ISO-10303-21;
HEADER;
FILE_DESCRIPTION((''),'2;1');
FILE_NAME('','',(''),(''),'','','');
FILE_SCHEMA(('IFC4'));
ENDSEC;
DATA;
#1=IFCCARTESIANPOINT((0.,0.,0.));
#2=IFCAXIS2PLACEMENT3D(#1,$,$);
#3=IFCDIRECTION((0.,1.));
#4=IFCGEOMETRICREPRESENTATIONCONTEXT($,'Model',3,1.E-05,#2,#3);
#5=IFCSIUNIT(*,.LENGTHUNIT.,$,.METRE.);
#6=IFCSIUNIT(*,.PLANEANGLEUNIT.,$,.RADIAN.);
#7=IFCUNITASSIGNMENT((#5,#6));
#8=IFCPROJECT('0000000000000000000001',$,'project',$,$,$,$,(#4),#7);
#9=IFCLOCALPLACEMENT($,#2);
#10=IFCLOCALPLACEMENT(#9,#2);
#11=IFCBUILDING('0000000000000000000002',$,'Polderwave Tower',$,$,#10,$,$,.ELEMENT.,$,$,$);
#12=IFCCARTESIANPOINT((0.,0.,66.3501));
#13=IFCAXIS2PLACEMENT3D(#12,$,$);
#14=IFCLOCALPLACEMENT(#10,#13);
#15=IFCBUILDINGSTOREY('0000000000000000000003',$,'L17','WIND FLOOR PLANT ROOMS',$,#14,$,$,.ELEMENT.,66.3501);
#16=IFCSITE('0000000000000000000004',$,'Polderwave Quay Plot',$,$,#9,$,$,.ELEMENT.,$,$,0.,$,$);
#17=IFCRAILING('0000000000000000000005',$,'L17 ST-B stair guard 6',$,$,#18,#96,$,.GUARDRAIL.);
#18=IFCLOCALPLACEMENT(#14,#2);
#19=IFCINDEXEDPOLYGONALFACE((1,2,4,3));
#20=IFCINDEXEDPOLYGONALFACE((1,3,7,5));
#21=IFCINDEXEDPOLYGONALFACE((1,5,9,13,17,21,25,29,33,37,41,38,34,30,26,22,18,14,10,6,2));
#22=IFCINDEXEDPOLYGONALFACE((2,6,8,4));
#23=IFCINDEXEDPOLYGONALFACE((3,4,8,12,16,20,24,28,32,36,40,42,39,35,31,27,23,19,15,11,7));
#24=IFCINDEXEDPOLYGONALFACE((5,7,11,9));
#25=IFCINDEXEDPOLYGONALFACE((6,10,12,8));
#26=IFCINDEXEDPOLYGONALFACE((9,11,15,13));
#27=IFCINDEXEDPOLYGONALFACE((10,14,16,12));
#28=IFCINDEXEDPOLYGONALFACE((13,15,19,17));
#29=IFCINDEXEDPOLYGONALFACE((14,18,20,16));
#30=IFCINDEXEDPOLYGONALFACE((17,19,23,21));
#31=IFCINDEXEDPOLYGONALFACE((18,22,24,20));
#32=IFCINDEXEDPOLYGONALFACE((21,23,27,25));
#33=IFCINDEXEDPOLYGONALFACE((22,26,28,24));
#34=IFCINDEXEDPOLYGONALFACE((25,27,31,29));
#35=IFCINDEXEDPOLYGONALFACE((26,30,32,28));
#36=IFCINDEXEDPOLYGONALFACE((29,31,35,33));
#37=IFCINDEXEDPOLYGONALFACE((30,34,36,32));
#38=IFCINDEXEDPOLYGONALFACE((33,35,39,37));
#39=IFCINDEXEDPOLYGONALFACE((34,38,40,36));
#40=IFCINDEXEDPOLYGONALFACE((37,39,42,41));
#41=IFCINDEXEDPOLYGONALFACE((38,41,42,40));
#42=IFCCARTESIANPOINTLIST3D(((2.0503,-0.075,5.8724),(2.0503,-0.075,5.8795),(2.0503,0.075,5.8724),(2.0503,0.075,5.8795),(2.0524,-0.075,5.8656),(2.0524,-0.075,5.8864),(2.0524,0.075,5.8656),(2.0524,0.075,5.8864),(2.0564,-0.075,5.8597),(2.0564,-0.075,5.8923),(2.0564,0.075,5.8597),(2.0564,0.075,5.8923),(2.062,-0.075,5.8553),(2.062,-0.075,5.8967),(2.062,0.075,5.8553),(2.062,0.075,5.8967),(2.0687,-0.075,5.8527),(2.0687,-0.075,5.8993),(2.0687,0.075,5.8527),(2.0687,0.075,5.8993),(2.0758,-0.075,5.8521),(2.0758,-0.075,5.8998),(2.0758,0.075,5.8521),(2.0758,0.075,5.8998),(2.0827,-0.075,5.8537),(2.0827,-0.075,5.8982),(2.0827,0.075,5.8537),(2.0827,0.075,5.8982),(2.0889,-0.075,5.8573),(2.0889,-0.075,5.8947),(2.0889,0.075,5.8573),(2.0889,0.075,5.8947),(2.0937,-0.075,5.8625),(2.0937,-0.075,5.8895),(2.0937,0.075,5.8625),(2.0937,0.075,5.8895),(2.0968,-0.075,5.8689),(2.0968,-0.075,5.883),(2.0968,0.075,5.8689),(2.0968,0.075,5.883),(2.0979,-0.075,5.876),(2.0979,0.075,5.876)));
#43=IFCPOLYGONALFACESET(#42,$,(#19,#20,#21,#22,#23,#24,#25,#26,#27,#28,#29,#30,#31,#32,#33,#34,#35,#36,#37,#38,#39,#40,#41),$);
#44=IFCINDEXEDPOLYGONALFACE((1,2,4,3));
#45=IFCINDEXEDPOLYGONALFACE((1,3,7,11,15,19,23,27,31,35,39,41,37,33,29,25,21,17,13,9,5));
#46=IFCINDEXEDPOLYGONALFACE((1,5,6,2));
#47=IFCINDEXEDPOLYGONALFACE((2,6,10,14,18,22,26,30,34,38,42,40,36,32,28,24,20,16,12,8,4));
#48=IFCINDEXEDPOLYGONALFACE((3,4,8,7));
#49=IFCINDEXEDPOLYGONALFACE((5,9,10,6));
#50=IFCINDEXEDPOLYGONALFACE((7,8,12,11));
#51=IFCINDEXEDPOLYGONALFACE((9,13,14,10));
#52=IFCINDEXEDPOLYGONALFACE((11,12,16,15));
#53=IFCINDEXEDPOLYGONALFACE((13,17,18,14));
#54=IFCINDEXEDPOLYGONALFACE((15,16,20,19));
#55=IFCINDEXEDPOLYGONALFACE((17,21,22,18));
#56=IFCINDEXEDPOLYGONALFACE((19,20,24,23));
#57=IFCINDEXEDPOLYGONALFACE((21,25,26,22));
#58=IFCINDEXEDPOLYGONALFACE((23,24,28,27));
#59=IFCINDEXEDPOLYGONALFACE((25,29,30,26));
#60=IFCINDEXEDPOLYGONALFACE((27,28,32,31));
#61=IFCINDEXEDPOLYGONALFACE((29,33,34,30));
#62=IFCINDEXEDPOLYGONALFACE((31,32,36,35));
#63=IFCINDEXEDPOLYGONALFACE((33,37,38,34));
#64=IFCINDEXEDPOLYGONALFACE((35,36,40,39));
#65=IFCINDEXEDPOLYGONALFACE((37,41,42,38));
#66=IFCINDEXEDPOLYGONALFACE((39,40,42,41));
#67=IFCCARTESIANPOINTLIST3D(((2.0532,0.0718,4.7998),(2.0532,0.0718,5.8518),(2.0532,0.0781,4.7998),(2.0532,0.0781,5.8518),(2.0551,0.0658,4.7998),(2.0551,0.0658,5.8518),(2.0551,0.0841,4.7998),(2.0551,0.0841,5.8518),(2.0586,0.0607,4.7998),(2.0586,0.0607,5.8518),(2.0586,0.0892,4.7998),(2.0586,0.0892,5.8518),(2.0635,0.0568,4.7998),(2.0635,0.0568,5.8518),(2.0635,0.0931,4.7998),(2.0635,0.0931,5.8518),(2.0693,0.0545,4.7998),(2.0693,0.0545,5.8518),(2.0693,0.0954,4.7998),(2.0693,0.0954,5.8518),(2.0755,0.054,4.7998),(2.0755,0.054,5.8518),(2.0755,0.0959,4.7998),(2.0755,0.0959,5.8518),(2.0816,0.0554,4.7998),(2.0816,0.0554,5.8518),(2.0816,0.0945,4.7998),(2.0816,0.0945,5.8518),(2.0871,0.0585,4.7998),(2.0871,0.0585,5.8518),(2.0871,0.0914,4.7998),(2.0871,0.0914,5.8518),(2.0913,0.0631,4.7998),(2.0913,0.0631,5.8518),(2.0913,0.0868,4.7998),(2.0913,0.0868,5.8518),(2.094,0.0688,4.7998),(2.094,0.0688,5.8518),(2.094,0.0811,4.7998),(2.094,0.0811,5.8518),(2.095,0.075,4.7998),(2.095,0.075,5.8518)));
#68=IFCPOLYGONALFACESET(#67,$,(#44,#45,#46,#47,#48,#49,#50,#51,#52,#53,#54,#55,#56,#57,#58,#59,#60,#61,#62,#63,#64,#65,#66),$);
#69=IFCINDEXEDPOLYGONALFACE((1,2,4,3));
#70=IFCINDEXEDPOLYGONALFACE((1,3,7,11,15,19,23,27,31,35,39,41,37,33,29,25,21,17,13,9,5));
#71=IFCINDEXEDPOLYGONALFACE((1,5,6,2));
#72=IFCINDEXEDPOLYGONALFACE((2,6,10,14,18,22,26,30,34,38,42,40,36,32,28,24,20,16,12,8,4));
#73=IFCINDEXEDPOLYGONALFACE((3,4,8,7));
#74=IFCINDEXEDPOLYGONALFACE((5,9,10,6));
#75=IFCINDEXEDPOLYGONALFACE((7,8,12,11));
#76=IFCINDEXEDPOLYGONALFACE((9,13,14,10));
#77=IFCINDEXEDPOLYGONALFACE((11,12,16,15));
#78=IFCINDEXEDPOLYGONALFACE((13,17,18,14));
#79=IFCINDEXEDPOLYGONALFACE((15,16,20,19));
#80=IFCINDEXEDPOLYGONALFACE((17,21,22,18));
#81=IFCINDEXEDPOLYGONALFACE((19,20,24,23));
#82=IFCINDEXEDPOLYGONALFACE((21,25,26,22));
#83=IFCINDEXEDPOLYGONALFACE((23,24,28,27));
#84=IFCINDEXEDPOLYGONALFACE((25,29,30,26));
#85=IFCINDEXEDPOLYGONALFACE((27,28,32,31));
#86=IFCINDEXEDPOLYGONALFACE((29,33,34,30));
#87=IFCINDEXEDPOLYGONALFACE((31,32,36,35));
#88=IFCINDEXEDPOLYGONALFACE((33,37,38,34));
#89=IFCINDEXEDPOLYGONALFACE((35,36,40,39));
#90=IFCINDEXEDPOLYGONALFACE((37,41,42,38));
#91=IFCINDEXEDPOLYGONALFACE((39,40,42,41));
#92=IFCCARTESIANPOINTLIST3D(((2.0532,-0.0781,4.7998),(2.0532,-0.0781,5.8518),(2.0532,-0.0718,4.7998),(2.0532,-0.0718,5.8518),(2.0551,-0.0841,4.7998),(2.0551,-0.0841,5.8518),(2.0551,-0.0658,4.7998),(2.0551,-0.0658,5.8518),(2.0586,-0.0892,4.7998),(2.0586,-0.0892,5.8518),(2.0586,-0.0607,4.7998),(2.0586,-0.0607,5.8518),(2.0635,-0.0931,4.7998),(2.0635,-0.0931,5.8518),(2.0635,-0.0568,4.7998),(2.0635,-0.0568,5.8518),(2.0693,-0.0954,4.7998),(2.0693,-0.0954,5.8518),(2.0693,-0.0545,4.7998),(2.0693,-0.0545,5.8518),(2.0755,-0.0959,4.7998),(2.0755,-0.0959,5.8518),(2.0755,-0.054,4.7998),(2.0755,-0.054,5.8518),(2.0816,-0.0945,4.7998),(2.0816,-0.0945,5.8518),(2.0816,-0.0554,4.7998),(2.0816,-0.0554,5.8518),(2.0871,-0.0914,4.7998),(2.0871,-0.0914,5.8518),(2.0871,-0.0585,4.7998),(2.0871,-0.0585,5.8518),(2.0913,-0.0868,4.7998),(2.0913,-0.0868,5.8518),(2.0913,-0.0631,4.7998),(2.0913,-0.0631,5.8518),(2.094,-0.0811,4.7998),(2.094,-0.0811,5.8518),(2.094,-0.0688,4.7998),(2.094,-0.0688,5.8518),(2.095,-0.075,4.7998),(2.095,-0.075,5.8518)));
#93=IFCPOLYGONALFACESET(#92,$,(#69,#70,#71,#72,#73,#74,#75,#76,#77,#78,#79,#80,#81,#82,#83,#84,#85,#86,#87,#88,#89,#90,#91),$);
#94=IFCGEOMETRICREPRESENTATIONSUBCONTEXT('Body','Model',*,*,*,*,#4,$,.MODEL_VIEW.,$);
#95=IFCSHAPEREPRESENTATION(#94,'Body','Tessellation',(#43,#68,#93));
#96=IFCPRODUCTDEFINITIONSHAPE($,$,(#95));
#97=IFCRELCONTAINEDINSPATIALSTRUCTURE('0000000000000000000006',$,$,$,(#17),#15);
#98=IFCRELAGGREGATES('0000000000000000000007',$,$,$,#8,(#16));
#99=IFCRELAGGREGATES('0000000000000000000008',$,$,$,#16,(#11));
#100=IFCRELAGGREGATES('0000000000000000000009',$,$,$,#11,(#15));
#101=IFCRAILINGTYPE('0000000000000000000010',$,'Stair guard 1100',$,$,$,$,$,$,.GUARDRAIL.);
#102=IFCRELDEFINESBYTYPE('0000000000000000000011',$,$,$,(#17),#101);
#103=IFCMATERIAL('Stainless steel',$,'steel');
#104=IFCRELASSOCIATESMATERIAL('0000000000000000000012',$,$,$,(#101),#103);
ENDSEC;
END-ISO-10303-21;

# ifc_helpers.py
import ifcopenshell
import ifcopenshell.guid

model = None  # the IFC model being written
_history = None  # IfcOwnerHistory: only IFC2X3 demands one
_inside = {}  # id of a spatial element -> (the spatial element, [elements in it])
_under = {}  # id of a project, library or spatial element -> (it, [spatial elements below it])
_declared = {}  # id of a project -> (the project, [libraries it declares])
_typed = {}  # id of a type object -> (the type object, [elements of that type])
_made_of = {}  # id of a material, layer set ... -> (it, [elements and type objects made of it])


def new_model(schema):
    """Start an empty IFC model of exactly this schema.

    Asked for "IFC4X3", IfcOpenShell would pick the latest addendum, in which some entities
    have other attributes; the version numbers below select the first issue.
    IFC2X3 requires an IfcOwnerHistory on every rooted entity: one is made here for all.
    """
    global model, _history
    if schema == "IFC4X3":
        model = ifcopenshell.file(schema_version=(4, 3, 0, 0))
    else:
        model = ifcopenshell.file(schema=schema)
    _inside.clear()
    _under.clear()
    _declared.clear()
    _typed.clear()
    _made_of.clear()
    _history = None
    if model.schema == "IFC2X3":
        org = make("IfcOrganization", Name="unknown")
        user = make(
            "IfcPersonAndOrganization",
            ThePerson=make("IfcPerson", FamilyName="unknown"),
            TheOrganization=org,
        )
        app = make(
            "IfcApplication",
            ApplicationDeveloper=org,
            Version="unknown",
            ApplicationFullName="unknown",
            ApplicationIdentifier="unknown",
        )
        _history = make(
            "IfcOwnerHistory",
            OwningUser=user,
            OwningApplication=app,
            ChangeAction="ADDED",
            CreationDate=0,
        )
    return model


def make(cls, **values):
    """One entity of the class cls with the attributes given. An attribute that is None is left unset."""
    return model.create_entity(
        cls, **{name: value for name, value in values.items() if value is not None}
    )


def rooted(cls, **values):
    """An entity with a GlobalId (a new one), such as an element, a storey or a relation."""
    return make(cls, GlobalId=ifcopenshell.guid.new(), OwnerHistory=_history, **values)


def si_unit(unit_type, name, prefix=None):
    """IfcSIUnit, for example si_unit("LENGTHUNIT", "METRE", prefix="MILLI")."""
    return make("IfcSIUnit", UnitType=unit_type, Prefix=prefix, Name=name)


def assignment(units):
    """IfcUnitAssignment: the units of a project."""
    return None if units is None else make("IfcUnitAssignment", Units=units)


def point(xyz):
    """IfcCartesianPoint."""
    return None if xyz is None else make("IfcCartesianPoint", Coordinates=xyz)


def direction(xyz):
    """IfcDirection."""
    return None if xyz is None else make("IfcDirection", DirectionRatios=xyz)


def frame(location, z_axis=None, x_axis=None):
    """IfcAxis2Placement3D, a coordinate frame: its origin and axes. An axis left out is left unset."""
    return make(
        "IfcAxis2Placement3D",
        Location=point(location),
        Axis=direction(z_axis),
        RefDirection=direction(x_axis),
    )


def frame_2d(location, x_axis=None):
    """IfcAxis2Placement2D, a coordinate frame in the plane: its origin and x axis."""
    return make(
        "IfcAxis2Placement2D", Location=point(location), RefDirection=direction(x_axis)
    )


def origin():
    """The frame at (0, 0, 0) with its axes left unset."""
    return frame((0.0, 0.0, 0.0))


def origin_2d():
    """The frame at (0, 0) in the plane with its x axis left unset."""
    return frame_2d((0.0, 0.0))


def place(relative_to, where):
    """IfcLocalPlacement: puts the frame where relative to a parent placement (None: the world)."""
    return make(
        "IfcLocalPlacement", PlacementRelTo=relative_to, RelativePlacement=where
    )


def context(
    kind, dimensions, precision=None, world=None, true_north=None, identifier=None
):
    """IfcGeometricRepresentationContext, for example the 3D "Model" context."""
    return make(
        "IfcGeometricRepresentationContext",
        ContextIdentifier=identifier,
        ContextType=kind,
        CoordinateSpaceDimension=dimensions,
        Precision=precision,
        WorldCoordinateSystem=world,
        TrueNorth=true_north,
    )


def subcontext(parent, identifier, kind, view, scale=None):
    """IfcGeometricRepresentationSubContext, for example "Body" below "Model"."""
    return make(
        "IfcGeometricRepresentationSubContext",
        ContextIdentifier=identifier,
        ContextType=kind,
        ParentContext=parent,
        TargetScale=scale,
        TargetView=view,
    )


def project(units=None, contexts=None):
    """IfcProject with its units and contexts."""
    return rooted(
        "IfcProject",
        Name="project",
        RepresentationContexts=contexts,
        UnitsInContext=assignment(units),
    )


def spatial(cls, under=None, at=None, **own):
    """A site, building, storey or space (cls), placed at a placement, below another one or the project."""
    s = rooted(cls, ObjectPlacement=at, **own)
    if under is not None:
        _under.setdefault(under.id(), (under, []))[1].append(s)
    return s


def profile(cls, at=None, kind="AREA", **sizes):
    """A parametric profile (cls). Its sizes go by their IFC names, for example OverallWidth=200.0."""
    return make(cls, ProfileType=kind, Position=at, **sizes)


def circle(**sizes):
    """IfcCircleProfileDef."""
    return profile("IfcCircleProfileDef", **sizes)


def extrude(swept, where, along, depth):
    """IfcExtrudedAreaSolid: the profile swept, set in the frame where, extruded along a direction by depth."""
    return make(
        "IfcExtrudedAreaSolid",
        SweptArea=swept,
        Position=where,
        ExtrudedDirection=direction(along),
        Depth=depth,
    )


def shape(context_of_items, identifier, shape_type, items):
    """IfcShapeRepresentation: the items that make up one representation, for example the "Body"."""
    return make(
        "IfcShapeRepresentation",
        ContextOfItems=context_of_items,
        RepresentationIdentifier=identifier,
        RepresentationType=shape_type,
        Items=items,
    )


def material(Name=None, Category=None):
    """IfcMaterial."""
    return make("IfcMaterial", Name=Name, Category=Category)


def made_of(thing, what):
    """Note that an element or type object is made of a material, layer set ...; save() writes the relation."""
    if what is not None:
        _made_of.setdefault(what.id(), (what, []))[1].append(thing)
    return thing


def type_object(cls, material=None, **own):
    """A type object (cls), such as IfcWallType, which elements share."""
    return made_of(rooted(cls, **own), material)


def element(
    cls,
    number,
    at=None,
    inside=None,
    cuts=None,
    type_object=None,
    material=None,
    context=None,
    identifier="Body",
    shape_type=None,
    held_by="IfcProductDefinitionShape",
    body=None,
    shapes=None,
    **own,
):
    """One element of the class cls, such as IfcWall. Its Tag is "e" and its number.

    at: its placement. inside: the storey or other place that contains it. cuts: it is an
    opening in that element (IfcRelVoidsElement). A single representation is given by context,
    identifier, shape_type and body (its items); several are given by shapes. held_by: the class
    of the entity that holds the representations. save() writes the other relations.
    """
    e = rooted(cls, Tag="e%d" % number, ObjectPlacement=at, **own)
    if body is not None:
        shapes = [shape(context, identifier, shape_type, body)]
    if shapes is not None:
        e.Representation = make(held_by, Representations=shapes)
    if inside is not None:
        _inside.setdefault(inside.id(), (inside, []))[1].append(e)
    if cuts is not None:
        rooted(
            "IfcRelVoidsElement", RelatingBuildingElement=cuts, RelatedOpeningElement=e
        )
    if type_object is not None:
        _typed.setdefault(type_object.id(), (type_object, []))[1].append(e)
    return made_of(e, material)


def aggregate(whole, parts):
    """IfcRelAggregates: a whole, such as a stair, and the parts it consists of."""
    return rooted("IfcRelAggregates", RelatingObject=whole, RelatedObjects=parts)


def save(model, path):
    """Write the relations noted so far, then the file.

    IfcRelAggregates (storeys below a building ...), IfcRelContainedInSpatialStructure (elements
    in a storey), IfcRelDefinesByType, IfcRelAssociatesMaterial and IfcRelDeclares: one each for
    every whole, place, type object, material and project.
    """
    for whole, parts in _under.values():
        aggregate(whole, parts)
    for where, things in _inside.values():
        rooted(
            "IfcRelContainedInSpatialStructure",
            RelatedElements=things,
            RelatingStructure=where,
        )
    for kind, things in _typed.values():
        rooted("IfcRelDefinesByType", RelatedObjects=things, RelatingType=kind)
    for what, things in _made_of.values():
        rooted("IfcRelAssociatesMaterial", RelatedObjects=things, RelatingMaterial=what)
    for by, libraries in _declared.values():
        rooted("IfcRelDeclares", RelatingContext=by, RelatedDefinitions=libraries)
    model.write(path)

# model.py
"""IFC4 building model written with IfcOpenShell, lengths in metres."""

from ifc_helpers import new_model, si_unit, direction, frame, origin, origin_2d, place, context, subcontext, project, spatial, circle, extrude, material, type_object, element, save


model = new_model("IFC4")

# Units and contexts
model_context = context("Model", 3, precision=1e-05, world=origin(), true_north=direction((0.0, 1.0)))
body_context = subcontext(model_context, "Body", "Model", "MODEL_VIEW")
ifc_project = project(units=[si_unit("LENGTHUNIT", "METRE"), si_unit("PLANEANGLEUNIT", "RADIAN")], contexts=[model_context])

# Site, building, storey
site_placement = place(None, origin())
site = spatial("IfcSite", under=ifc_project, at=site_placement, Name="Polderwave Quay Plot", CompositionType="ELEMENT", RefElevation=0.0)
building_placement = place(site_placement, origin())
building = spatial("IfcBuilding", under=site, at=building_placement, Name="Polderwave Tower", CompositionType="ELEMENT")
storey_placement = place(building_placement, frame((0.0, 0.0, 66.3501)))
storey = spatial("IfcBuildingStorey", under=building, at=storey_placement, Name="L17", Description="WIND FLOOR PLANT ROOMS", CompositionType="ELEMENT", Elevation=66.3501)

# Railing
ifc_material_1 = material(Name="Stainless steel", Category="steel")
railing_type_1 = type_object("IfcRailingType", Name="Stair guard 1100", PredefinedType="GUARDRAIL", material=ifc_material_1)
railing_1_placement = place(storey_placement, frame((2.074, 0.075, 4.7998)))
element("IfcRailing", 1, at=railing_1_placement, inside=storey, type_object=railing_type_1, Name="L17 ST-B stair guard 6", PredefinedType="GUARDRAIL", context=body_context, shape_type="SweptSolid", body=[
    extrude(circle(Radius=0.0239, at=origin_2d()), frame((0.0, 0.0, 1.0762), z_axis=(0.0, -1.0, 0.0), x_axis=(1.0, 0.0, 0.0)), (0.0, 0.0, 1.0), 0.1499),
    extrude(circle(Radius=0.021, at=origin_2d()), origin(), (0.0, 0.0, 1.0), 1.052),
    extrude(circle(Radius=0.021, at=origin_2d()), frame((0.0, -0.1499, 0.0)), (0.0, 0.0, 1.0), 1.052),
])

save(model, "model.ifc")
